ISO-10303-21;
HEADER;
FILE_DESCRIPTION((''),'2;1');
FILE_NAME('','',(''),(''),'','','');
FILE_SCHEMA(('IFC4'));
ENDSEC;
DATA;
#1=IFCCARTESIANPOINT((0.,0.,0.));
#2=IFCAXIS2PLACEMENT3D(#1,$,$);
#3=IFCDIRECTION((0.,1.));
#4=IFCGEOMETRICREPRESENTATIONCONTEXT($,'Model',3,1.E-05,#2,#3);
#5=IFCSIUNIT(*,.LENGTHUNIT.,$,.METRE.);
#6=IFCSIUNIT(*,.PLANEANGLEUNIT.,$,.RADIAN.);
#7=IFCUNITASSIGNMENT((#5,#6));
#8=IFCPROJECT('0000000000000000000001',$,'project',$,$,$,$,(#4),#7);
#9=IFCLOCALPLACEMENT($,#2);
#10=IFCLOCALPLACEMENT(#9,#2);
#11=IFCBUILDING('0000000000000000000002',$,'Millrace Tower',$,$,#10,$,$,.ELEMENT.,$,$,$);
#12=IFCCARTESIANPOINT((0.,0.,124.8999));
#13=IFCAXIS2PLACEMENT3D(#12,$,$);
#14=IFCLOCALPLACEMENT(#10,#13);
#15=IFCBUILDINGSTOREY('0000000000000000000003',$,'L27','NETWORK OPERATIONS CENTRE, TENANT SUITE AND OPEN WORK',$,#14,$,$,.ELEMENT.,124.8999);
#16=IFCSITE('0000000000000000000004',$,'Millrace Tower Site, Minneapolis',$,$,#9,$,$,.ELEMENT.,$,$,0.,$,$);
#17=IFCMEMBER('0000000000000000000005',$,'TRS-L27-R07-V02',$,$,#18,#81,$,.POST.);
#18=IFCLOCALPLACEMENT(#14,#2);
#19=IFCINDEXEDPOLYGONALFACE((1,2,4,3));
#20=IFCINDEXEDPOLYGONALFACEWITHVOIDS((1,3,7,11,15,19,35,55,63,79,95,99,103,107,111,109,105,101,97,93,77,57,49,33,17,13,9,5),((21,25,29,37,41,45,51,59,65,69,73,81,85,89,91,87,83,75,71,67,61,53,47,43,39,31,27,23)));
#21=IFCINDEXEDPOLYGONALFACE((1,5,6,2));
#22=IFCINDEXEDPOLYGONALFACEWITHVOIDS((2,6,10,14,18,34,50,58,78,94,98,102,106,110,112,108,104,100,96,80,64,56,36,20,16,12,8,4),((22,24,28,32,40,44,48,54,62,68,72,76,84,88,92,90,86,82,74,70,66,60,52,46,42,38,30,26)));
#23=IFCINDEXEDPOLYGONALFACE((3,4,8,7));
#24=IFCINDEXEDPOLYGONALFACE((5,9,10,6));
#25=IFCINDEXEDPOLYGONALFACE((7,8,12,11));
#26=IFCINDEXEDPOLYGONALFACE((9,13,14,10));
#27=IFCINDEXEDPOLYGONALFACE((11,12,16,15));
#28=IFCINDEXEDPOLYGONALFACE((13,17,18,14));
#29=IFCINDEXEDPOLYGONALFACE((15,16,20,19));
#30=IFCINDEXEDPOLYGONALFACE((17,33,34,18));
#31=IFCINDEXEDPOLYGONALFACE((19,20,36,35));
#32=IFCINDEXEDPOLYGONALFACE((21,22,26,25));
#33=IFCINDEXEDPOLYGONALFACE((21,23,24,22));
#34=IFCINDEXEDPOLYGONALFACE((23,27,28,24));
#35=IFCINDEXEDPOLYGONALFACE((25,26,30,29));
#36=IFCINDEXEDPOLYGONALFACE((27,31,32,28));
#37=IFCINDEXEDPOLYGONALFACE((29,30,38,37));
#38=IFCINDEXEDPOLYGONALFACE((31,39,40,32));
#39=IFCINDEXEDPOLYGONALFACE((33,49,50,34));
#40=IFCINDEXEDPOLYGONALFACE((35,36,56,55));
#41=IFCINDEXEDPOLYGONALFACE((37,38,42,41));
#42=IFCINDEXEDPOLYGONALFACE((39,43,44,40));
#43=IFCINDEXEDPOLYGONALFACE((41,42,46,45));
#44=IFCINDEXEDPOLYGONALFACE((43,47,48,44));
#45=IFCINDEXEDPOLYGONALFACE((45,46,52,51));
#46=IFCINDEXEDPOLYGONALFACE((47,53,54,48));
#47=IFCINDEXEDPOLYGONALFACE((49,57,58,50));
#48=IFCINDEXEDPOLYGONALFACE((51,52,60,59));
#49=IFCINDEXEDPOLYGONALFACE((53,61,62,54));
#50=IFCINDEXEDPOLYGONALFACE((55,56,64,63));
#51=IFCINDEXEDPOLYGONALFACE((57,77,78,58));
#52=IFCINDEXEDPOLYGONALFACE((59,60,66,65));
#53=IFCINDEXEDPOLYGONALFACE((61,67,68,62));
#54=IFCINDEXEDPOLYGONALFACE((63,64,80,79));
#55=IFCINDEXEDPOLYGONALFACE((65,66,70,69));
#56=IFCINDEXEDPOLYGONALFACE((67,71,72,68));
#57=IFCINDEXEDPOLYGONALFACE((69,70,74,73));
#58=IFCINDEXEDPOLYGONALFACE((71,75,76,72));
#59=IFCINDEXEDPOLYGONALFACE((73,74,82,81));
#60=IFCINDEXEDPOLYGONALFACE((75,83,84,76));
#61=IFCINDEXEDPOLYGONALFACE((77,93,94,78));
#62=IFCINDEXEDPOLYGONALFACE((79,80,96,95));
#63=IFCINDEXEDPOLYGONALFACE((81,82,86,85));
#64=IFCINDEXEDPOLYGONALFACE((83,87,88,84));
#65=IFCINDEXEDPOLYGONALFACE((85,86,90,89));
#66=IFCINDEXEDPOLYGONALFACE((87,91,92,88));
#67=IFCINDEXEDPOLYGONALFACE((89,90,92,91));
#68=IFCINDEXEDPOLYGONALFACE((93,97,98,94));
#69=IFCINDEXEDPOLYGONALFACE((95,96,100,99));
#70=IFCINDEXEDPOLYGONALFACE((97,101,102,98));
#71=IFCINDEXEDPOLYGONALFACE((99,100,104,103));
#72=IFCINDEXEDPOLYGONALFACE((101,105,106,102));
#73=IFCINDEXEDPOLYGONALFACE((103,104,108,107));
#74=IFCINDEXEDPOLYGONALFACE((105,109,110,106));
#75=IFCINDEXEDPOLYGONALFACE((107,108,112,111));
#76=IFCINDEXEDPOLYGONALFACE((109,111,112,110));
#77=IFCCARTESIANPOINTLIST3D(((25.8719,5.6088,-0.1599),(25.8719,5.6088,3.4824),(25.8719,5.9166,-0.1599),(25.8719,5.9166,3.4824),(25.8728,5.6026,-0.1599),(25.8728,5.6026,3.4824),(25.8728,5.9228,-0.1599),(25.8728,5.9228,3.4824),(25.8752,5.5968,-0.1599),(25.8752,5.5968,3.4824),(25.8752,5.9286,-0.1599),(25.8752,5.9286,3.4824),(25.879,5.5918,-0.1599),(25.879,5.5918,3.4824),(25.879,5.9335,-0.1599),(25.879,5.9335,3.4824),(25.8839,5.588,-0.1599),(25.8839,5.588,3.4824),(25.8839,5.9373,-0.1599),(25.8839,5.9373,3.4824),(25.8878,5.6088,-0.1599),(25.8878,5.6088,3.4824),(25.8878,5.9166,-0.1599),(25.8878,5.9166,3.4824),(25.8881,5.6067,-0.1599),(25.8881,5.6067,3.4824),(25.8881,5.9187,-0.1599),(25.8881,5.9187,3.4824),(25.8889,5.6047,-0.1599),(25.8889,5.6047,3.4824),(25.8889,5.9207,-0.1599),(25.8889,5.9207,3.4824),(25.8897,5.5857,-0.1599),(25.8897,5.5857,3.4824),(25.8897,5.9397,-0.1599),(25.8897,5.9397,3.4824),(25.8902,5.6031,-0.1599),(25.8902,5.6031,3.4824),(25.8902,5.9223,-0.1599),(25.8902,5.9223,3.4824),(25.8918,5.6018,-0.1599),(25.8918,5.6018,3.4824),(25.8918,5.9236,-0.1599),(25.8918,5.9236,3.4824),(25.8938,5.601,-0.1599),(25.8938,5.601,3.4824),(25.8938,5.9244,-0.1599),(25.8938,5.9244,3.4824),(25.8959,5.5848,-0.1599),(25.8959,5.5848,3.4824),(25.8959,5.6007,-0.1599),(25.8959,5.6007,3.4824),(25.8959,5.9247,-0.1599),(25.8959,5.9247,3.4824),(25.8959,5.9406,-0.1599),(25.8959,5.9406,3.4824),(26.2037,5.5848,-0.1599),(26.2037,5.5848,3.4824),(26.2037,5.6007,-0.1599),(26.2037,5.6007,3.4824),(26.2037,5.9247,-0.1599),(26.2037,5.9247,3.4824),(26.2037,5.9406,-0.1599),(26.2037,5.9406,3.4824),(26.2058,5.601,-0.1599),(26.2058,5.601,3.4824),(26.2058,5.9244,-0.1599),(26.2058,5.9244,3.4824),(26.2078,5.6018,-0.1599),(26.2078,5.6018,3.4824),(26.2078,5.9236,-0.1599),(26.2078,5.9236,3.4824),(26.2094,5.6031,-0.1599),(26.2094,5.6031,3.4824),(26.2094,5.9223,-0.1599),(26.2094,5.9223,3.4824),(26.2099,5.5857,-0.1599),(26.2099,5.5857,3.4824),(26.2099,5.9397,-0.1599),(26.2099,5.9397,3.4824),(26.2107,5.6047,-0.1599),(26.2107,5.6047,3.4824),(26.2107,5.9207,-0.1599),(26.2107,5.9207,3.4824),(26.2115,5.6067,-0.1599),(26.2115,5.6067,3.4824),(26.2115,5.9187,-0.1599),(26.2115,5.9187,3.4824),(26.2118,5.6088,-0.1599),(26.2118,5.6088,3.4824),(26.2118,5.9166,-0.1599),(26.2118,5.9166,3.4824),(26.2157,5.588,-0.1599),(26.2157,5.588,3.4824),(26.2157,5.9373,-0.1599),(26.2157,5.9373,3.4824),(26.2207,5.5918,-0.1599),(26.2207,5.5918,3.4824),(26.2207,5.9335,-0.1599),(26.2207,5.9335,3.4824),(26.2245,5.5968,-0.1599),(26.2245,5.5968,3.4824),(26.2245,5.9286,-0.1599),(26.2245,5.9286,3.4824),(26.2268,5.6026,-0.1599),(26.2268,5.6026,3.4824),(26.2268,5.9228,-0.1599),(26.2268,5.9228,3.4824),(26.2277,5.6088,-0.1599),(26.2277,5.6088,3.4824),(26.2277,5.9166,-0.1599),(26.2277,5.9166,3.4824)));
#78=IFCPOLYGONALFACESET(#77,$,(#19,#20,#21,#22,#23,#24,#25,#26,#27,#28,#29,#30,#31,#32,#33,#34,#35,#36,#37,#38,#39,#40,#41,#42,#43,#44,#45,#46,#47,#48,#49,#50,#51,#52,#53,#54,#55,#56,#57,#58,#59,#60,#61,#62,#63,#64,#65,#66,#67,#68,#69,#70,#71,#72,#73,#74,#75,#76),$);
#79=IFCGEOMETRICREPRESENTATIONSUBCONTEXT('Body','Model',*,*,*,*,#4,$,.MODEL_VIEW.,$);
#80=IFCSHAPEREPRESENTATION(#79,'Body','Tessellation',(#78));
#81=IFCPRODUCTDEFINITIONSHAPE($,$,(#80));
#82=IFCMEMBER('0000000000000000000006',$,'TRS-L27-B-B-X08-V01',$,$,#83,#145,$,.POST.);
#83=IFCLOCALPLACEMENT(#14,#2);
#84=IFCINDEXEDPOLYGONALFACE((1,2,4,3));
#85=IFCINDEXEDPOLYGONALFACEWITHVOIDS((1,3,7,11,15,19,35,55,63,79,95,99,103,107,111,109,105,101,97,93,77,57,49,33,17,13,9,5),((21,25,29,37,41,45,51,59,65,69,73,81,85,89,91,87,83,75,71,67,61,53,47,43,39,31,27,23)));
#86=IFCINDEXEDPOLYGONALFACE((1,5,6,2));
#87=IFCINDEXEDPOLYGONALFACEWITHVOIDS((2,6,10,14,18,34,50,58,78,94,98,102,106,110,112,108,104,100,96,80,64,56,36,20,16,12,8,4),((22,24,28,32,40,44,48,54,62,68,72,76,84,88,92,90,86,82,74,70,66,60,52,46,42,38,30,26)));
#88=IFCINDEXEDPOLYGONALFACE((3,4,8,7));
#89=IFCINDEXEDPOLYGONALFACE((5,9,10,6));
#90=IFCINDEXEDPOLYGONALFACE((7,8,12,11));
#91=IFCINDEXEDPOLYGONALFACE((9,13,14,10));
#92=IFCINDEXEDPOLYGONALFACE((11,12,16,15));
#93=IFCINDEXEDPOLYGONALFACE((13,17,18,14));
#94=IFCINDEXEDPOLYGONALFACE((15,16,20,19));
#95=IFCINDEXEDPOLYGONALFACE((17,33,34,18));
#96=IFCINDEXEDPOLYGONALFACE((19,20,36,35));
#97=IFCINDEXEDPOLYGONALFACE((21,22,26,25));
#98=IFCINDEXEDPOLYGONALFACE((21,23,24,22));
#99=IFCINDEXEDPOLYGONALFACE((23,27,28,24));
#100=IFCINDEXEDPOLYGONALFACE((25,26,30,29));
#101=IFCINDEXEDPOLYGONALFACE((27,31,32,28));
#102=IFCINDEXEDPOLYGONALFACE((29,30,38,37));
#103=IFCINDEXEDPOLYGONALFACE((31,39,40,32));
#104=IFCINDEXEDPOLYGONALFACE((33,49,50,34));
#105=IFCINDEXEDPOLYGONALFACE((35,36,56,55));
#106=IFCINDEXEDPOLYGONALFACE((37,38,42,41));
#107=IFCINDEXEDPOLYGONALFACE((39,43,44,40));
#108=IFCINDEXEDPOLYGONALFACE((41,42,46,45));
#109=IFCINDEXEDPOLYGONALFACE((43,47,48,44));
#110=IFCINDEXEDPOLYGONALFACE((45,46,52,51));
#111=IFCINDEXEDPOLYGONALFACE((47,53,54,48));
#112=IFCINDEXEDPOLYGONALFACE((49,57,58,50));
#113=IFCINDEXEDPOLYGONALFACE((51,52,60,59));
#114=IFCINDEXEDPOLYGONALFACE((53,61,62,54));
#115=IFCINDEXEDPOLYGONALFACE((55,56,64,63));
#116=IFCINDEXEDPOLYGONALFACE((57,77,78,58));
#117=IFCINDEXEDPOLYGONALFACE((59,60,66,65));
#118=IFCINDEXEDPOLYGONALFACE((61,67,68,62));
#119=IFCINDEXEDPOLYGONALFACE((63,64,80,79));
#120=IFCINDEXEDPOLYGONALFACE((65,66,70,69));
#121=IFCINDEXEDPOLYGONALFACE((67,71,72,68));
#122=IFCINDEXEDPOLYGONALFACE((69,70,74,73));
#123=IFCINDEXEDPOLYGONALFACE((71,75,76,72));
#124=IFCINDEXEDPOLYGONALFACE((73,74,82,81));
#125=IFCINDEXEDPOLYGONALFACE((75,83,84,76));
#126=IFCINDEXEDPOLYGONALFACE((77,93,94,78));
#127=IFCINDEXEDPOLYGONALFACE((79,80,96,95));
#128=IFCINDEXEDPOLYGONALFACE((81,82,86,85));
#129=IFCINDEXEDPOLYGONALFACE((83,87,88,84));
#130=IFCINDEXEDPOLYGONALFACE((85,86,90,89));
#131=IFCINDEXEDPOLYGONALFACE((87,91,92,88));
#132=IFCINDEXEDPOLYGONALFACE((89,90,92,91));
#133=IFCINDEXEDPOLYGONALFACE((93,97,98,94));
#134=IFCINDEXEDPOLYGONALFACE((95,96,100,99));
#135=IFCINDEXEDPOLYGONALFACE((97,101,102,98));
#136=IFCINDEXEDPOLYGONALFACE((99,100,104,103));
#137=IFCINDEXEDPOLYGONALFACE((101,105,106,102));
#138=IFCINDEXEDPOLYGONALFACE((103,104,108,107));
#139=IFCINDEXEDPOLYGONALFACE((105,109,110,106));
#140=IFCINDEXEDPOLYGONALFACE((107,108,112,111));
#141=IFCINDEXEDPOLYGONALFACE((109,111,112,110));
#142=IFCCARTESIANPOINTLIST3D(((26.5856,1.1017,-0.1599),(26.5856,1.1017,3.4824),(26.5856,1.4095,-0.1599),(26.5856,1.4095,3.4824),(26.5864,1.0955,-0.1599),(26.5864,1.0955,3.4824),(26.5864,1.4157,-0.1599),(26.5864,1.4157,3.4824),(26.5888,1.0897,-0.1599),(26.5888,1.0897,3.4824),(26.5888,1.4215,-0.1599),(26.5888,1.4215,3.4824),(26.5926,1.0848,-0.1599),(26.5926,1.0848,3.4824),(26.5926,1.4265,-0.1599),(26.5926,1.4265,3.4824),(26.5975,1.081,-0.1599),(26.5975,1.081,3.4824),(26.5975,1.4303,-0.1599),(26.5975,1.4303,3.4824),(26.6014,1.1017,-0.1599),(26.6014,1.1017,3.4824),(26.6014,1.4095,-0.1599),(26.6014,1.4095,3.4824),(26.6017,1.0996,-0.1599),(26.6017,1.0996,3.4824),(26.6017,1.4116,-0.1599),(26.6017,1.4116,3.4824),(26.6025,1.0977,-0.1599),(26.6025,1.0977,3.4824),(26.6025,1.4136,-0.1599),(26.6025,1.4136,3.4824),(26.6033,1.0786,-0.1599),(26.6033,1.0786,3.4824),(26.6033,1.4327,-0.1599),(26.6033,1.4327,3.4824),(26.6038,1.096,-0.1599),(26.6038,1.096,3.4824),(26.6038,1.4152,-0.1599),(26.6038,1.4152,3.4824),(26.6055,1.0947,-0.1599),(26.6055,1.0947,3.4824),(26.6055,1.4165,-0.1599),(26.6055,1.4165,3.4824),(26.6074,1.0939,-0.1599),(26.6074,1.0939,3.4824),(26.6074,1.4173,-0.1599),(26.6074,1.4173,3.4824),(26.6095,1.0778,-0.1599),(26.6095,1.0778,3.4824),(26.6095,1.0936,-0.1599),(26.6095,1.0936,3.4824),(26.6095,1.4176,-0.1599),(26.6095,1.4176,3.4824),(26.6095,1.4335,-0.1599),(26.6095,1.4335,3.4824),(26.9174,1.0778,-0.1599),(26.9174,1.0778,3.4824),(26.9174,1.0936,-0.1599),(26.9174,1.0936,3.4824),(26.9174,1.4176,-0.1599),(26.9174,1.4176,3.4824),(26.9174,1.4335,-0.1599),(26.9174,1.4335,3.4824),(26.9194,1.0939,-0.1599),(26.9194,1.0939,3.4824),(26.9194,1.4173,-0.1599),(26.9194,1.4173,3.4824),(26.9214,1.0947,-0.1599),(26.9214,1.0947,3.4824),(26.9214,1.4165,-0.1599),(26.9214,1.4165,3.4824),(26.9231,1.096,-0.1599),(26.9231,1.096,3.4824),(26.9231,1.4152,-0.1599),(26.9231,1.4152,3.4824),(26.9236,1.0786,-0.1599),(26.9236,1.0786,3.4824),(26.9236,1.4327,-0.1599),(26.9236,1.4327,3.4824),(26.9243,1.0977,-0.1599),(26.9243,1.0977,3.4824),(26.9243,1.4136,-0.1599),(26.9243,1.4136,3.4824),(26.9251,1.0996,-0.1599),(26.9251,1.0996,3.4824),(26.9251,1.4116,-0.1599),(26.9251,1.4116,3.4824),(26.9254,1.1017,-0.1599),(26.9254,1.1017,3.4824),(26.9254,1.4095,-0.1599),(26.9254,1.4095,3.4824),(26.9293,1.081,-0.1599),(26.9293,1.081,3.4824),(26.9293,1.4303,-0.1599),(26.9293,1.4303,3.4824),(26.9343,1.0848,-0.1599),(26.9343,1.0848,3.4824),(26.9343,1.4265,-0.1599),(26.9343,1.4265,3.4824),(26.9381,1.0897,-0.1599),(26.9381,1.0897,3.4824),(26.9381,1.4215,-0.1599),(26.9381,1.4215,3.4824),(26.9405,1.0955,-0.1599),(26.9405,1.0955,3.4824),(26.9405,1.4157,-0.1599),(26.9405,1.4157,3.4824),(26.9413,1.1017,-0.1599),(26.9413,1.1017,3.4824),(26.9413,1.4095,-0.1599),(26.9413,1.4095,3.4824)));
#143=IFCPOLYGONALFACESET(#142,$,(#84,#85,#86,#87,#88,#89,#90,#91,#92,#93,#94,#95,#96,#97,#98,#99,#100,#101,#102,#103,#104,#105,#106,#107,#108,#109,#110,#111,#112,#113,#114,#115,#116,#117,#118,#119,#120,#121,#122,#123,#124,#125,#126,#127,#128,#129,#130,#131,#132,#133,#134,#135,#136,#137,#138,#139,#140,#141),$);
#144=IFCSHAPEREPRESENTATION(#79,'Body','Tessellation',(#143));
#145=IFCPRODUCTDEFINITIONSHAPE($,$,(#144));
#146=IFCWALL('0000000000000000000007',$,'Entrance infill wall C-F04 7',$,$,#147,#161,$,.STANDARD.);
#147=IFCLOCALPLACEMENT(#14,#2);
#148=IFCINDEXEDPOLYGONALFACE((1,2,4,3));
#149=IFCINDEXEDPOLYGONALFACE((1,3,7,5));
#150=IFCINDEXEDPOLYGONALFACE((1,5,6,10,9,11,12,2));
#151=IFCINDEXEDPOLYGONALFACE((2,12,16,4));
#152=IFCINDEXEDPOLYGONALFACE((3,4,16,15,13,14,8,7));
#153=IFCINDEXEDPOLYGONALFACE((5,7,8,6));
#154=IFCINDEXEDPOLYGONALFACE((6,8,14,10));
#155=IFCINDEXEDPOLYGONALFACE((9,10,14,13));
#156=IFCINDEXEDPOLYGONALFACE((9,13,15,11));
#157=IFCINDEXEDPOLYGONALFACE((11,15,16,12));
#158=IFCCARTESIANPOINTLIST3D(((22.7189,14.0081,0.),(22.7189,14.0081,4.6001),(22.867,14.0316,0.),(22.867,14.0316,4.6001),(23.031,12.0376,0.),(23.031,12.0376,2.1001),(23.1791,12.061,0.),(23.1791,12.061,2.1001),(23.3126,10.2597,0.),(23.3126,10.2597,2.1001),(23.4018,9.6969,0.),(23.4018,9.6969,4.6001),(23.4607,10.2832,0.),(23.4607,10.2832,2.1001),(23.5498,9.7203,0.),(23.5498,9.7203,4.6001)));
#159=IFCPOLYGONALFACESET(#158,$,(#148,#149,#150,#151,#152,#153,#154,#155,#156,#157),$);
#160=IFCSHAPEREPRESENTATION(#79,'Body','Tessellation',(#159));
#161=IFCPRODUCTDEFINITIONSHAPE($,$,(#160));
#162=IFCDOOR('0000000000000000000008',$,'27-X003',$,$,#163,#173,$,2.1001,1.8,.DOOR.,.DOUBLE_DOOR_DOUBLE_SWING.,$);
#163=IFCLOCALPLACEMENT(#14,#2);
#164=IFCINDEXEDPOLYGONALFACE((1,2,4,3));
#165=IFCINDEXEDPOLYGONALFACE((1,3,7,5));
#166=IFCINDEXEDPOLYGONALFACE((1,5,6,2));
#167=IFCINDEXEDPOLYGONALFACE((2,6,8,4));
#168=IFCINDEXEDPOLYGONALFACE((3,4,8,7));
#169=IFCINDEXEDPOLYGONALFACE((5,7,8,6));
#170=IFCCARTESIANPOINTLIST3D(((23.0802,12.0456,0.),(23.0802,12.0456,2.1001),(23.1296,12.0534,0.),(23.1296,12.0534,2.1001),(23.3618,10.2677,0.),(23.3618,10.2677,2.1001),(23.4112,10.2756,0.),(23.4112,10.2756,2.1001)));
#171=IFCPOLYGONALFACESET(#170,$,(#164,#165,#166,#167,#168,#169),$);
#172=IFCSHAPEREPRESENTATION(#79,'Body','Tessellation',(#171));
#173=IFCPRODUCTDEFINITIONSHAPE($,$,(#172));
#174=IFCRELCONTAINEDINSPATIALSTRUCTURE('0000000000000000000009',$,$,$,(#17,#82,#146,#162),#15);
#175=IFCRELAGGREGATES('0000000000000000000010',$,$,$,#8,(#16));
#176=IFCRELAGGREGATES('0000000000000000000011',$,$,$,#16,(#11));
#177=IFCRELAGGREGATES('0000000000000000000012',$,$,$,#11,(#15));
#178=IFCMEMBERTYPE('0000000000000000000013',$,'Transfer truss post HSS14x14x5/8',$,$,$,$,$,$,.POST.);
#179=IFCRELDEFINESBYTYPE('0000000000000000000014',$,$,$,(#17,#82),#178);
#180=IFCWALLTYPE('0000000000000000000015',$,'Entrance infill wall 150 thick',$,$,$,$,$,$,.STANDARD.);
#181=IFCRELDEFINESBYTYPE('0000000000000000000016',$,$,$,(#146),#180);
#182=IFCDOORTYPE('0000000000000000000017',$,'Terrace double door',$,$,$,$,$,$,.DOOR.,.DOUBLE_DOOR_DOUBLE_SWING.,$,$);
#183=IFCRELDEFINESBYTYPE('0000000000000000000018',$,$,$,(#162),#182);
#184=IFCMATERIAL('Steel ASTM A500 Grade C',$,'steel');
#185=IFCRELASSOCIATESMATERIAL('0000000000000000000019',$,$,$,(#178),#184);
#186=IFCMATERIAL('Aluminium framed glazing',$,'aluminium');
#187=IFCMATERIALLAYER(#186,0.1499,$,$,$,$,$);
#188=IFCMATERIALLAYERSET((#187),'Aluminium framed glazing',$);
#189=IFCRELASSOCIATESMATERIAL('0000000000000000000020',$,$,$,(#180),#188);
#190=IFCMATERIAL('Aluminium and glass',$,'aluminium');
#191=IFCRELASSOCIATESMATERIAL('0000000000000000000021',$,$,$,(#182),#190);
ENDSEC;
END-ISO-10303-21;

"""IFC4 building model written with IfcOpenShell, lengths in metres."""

from ifc_helpers import new_model, si_unit, direction, frame, frame_2d, origin, origin_2d, place, context, subcontext, project, spatial, rectangle, hollow_rectangle, extrude, material, layer, layer_set, material_profile, profile_set, type_object, element, fill, save


model = new_model("IFC4")

# Units and contexts
model_context = context("Model", 3, precision=1e-05, world=origin(), true_north=direction((0.0, 1.0)))
body_context = subcontext(model_context, "Body", "Model", "MODEL_VIEW")
ifc_project = project(units=[si_unit("LENGTHUNIT", "METRE"), si_unit("PLANEANGLEUNIT", "RADIAN")], contexts=[model_context])

# Site, building, storey
site_placement = place(None, origin())
site = spatial("IfcSite", under=ifc_project, at=site_placement, Name="Millrace Tower Site, Minneapolis", CompositionType="ELEMENT", RefElevation=0.0)
building_placement = place(site_placement, origin())
building = spatial("IfcBuilding", under=site, at=building_placement, Name="Millrace Tower", CompositionType="ELEMENT")
storey_placement = place(building_placement, frame((0.0, 0.0, 124.8999)))
storey = spatial("IfcBuildingStorey", under=building, at=storey_placement, Name="L27", Description="NETWORK OPERATIONS CENTRE, TENANT SUITE AND OPEN WORK", CompositionType="ELEMENT", Elevation=124.8999)

# Members
ifc_material_1 = material(Name="Steel ASTM A500 Grade C", Category="steel")
ifc_material_profile_1 = material_profile(ifc_material_1, hollow_rectangle(XDim=0.3557, YDim=0.3557, WallThickness=0.0159, InnerFilletRadius=0.0081, OuterFilletRadius=0.0239, at=origin_2d()))
ifc_profile_set_1 = profile_set([ifc_material_profile_1], Name="Steel ASTM A500 Grade C")
member_type_1 = type_object("IfcMemberType", Name="Transfer truss post HSS14x14x5/8", PredefinedType="POST", material=ifc_profile_set_1)
for number, where, z_axis, x_axis, name in (
    (1, (26.0498, 5.7627, -0.1599), (0.0, 0.0, 1.0), (1.0, 0.0, 0.0), "TRS-L27-R07-V02"),
    (2, (26.7634, 1.2556, -0.1599), (0.0, 0.0, 1.0), (1.0, 0.0, 0.0), "TRS-L27-B-B-X08-V01"),
):
    element("IfcMember", number, at=place(storey_placement, frame(where, z_axis=z_axis, x_axis=x_axis)), inside=storey, type_object=member_type_1, Name=name, PredefinedType="POST", context=body_context, shape_type="SweptSolid", body=[
        extrude(hollow_rectangle(XDim=0.3557, YDim=0.3557, WallThickness=0.0159, InnerFilletRadius=0.0081, OuterFilletRadius=0.0239, at=origin_2d()), origin(), (0.0, 0.0, 1.0), 3.6423),
    ])

# Wall, opening, door
ifc_material_2 = material(Name="Aluminium framed glazing", Category="aluminium")
ifc_layer_1 = layer(ifc_material_2, 0.1499)
ifc_layer_set_1 = layer_set([ifc_layer_1], Name="Aluminium framed glazing")
wall_type = type_object("IfcWallType", Name="Entrance infill wall 150 thick", PredefinedType="STANDARD", material=ifc_layer_set_1)
wall_placement = place(storey_placement, frame((23.4758, 9.7085, 0.0), z_axis=(0.0, 0.0, 1.0), x_axis=(-0.156439, 0.987688, 0.0)))
wall = element("IfcWall", 3, at=wall_placement, inside=storey, type_object=wall_type, Name="Entrance infill wall C-F04 7", PredefinedType="STANDARD", context=body_context, shape_type="SweptSolid", body=[
    extrude(rectangle(XDim=4.365, YDim=0.1499, at=frame_2d((2.1826, 0.0))), origin(), (0.0, 0.0, 1.0), 4.6001),
])
opening_placement = place(wall_placement, frame((0.5701, 0.0, 0.0)))
opening = element("IfcOpeningElement", 4, at=opening_placement, cuts=wall, PredefinedType="OPENING", context=body_context, shape_type="SweptSolid", body=[
    extrude(rectangle(XDim=1.8, YDim=2.1001, at=frame_2d((0.8999, 1.05))), frame((0.0, 0.085, 0.0), z_axis=(0.0, -1.0, 0.0), x_axis=(1.0, 0.0, 0.0)), (0.0, 0.0, 1.0), 0.1699),
])
ifc_material_3 = material(Name="Aluminium and glass", Category="aluminium")
door_type = type_object("IfcDoorType", Name="Terrace double door", OperationType="DOUBLE_DOOR_DOUBLE_SWING", PredefinedType="DOOR", material=ifc_material_3)
door_placement = place(opening_placement, frame((1.8, 0.0, 0.0), z_axis=(0.0, 0.0, 1.0), x_axis=(-1.0, 0.0, 0.0)))
door = element("IfcDoor", 5, at=door_placement, inside=storey, type_object=door_type, Name="27-X003", OperationType="DOUBLE_DOOR_DOUBLE_SWING", OverallHeight=2.1001, OverallWidth=1.8, PredefinedType="DOOR", context=body_context, shape_type="SweptSolid", body=[
    extrude(rectangle(XDim=1.8, YDim=2.1001, at=frame_2d((0.8999, 1.05))), frame((0.0, 0.0249, 0.0), z_axis=(0.0, -1.0, 0.0), x_axis=(1.0, 0.0, 0.0)), (0.0, 0.0, 1.0), 0.05),
])
fill(opening, door)

save(model, "model.ifc")
